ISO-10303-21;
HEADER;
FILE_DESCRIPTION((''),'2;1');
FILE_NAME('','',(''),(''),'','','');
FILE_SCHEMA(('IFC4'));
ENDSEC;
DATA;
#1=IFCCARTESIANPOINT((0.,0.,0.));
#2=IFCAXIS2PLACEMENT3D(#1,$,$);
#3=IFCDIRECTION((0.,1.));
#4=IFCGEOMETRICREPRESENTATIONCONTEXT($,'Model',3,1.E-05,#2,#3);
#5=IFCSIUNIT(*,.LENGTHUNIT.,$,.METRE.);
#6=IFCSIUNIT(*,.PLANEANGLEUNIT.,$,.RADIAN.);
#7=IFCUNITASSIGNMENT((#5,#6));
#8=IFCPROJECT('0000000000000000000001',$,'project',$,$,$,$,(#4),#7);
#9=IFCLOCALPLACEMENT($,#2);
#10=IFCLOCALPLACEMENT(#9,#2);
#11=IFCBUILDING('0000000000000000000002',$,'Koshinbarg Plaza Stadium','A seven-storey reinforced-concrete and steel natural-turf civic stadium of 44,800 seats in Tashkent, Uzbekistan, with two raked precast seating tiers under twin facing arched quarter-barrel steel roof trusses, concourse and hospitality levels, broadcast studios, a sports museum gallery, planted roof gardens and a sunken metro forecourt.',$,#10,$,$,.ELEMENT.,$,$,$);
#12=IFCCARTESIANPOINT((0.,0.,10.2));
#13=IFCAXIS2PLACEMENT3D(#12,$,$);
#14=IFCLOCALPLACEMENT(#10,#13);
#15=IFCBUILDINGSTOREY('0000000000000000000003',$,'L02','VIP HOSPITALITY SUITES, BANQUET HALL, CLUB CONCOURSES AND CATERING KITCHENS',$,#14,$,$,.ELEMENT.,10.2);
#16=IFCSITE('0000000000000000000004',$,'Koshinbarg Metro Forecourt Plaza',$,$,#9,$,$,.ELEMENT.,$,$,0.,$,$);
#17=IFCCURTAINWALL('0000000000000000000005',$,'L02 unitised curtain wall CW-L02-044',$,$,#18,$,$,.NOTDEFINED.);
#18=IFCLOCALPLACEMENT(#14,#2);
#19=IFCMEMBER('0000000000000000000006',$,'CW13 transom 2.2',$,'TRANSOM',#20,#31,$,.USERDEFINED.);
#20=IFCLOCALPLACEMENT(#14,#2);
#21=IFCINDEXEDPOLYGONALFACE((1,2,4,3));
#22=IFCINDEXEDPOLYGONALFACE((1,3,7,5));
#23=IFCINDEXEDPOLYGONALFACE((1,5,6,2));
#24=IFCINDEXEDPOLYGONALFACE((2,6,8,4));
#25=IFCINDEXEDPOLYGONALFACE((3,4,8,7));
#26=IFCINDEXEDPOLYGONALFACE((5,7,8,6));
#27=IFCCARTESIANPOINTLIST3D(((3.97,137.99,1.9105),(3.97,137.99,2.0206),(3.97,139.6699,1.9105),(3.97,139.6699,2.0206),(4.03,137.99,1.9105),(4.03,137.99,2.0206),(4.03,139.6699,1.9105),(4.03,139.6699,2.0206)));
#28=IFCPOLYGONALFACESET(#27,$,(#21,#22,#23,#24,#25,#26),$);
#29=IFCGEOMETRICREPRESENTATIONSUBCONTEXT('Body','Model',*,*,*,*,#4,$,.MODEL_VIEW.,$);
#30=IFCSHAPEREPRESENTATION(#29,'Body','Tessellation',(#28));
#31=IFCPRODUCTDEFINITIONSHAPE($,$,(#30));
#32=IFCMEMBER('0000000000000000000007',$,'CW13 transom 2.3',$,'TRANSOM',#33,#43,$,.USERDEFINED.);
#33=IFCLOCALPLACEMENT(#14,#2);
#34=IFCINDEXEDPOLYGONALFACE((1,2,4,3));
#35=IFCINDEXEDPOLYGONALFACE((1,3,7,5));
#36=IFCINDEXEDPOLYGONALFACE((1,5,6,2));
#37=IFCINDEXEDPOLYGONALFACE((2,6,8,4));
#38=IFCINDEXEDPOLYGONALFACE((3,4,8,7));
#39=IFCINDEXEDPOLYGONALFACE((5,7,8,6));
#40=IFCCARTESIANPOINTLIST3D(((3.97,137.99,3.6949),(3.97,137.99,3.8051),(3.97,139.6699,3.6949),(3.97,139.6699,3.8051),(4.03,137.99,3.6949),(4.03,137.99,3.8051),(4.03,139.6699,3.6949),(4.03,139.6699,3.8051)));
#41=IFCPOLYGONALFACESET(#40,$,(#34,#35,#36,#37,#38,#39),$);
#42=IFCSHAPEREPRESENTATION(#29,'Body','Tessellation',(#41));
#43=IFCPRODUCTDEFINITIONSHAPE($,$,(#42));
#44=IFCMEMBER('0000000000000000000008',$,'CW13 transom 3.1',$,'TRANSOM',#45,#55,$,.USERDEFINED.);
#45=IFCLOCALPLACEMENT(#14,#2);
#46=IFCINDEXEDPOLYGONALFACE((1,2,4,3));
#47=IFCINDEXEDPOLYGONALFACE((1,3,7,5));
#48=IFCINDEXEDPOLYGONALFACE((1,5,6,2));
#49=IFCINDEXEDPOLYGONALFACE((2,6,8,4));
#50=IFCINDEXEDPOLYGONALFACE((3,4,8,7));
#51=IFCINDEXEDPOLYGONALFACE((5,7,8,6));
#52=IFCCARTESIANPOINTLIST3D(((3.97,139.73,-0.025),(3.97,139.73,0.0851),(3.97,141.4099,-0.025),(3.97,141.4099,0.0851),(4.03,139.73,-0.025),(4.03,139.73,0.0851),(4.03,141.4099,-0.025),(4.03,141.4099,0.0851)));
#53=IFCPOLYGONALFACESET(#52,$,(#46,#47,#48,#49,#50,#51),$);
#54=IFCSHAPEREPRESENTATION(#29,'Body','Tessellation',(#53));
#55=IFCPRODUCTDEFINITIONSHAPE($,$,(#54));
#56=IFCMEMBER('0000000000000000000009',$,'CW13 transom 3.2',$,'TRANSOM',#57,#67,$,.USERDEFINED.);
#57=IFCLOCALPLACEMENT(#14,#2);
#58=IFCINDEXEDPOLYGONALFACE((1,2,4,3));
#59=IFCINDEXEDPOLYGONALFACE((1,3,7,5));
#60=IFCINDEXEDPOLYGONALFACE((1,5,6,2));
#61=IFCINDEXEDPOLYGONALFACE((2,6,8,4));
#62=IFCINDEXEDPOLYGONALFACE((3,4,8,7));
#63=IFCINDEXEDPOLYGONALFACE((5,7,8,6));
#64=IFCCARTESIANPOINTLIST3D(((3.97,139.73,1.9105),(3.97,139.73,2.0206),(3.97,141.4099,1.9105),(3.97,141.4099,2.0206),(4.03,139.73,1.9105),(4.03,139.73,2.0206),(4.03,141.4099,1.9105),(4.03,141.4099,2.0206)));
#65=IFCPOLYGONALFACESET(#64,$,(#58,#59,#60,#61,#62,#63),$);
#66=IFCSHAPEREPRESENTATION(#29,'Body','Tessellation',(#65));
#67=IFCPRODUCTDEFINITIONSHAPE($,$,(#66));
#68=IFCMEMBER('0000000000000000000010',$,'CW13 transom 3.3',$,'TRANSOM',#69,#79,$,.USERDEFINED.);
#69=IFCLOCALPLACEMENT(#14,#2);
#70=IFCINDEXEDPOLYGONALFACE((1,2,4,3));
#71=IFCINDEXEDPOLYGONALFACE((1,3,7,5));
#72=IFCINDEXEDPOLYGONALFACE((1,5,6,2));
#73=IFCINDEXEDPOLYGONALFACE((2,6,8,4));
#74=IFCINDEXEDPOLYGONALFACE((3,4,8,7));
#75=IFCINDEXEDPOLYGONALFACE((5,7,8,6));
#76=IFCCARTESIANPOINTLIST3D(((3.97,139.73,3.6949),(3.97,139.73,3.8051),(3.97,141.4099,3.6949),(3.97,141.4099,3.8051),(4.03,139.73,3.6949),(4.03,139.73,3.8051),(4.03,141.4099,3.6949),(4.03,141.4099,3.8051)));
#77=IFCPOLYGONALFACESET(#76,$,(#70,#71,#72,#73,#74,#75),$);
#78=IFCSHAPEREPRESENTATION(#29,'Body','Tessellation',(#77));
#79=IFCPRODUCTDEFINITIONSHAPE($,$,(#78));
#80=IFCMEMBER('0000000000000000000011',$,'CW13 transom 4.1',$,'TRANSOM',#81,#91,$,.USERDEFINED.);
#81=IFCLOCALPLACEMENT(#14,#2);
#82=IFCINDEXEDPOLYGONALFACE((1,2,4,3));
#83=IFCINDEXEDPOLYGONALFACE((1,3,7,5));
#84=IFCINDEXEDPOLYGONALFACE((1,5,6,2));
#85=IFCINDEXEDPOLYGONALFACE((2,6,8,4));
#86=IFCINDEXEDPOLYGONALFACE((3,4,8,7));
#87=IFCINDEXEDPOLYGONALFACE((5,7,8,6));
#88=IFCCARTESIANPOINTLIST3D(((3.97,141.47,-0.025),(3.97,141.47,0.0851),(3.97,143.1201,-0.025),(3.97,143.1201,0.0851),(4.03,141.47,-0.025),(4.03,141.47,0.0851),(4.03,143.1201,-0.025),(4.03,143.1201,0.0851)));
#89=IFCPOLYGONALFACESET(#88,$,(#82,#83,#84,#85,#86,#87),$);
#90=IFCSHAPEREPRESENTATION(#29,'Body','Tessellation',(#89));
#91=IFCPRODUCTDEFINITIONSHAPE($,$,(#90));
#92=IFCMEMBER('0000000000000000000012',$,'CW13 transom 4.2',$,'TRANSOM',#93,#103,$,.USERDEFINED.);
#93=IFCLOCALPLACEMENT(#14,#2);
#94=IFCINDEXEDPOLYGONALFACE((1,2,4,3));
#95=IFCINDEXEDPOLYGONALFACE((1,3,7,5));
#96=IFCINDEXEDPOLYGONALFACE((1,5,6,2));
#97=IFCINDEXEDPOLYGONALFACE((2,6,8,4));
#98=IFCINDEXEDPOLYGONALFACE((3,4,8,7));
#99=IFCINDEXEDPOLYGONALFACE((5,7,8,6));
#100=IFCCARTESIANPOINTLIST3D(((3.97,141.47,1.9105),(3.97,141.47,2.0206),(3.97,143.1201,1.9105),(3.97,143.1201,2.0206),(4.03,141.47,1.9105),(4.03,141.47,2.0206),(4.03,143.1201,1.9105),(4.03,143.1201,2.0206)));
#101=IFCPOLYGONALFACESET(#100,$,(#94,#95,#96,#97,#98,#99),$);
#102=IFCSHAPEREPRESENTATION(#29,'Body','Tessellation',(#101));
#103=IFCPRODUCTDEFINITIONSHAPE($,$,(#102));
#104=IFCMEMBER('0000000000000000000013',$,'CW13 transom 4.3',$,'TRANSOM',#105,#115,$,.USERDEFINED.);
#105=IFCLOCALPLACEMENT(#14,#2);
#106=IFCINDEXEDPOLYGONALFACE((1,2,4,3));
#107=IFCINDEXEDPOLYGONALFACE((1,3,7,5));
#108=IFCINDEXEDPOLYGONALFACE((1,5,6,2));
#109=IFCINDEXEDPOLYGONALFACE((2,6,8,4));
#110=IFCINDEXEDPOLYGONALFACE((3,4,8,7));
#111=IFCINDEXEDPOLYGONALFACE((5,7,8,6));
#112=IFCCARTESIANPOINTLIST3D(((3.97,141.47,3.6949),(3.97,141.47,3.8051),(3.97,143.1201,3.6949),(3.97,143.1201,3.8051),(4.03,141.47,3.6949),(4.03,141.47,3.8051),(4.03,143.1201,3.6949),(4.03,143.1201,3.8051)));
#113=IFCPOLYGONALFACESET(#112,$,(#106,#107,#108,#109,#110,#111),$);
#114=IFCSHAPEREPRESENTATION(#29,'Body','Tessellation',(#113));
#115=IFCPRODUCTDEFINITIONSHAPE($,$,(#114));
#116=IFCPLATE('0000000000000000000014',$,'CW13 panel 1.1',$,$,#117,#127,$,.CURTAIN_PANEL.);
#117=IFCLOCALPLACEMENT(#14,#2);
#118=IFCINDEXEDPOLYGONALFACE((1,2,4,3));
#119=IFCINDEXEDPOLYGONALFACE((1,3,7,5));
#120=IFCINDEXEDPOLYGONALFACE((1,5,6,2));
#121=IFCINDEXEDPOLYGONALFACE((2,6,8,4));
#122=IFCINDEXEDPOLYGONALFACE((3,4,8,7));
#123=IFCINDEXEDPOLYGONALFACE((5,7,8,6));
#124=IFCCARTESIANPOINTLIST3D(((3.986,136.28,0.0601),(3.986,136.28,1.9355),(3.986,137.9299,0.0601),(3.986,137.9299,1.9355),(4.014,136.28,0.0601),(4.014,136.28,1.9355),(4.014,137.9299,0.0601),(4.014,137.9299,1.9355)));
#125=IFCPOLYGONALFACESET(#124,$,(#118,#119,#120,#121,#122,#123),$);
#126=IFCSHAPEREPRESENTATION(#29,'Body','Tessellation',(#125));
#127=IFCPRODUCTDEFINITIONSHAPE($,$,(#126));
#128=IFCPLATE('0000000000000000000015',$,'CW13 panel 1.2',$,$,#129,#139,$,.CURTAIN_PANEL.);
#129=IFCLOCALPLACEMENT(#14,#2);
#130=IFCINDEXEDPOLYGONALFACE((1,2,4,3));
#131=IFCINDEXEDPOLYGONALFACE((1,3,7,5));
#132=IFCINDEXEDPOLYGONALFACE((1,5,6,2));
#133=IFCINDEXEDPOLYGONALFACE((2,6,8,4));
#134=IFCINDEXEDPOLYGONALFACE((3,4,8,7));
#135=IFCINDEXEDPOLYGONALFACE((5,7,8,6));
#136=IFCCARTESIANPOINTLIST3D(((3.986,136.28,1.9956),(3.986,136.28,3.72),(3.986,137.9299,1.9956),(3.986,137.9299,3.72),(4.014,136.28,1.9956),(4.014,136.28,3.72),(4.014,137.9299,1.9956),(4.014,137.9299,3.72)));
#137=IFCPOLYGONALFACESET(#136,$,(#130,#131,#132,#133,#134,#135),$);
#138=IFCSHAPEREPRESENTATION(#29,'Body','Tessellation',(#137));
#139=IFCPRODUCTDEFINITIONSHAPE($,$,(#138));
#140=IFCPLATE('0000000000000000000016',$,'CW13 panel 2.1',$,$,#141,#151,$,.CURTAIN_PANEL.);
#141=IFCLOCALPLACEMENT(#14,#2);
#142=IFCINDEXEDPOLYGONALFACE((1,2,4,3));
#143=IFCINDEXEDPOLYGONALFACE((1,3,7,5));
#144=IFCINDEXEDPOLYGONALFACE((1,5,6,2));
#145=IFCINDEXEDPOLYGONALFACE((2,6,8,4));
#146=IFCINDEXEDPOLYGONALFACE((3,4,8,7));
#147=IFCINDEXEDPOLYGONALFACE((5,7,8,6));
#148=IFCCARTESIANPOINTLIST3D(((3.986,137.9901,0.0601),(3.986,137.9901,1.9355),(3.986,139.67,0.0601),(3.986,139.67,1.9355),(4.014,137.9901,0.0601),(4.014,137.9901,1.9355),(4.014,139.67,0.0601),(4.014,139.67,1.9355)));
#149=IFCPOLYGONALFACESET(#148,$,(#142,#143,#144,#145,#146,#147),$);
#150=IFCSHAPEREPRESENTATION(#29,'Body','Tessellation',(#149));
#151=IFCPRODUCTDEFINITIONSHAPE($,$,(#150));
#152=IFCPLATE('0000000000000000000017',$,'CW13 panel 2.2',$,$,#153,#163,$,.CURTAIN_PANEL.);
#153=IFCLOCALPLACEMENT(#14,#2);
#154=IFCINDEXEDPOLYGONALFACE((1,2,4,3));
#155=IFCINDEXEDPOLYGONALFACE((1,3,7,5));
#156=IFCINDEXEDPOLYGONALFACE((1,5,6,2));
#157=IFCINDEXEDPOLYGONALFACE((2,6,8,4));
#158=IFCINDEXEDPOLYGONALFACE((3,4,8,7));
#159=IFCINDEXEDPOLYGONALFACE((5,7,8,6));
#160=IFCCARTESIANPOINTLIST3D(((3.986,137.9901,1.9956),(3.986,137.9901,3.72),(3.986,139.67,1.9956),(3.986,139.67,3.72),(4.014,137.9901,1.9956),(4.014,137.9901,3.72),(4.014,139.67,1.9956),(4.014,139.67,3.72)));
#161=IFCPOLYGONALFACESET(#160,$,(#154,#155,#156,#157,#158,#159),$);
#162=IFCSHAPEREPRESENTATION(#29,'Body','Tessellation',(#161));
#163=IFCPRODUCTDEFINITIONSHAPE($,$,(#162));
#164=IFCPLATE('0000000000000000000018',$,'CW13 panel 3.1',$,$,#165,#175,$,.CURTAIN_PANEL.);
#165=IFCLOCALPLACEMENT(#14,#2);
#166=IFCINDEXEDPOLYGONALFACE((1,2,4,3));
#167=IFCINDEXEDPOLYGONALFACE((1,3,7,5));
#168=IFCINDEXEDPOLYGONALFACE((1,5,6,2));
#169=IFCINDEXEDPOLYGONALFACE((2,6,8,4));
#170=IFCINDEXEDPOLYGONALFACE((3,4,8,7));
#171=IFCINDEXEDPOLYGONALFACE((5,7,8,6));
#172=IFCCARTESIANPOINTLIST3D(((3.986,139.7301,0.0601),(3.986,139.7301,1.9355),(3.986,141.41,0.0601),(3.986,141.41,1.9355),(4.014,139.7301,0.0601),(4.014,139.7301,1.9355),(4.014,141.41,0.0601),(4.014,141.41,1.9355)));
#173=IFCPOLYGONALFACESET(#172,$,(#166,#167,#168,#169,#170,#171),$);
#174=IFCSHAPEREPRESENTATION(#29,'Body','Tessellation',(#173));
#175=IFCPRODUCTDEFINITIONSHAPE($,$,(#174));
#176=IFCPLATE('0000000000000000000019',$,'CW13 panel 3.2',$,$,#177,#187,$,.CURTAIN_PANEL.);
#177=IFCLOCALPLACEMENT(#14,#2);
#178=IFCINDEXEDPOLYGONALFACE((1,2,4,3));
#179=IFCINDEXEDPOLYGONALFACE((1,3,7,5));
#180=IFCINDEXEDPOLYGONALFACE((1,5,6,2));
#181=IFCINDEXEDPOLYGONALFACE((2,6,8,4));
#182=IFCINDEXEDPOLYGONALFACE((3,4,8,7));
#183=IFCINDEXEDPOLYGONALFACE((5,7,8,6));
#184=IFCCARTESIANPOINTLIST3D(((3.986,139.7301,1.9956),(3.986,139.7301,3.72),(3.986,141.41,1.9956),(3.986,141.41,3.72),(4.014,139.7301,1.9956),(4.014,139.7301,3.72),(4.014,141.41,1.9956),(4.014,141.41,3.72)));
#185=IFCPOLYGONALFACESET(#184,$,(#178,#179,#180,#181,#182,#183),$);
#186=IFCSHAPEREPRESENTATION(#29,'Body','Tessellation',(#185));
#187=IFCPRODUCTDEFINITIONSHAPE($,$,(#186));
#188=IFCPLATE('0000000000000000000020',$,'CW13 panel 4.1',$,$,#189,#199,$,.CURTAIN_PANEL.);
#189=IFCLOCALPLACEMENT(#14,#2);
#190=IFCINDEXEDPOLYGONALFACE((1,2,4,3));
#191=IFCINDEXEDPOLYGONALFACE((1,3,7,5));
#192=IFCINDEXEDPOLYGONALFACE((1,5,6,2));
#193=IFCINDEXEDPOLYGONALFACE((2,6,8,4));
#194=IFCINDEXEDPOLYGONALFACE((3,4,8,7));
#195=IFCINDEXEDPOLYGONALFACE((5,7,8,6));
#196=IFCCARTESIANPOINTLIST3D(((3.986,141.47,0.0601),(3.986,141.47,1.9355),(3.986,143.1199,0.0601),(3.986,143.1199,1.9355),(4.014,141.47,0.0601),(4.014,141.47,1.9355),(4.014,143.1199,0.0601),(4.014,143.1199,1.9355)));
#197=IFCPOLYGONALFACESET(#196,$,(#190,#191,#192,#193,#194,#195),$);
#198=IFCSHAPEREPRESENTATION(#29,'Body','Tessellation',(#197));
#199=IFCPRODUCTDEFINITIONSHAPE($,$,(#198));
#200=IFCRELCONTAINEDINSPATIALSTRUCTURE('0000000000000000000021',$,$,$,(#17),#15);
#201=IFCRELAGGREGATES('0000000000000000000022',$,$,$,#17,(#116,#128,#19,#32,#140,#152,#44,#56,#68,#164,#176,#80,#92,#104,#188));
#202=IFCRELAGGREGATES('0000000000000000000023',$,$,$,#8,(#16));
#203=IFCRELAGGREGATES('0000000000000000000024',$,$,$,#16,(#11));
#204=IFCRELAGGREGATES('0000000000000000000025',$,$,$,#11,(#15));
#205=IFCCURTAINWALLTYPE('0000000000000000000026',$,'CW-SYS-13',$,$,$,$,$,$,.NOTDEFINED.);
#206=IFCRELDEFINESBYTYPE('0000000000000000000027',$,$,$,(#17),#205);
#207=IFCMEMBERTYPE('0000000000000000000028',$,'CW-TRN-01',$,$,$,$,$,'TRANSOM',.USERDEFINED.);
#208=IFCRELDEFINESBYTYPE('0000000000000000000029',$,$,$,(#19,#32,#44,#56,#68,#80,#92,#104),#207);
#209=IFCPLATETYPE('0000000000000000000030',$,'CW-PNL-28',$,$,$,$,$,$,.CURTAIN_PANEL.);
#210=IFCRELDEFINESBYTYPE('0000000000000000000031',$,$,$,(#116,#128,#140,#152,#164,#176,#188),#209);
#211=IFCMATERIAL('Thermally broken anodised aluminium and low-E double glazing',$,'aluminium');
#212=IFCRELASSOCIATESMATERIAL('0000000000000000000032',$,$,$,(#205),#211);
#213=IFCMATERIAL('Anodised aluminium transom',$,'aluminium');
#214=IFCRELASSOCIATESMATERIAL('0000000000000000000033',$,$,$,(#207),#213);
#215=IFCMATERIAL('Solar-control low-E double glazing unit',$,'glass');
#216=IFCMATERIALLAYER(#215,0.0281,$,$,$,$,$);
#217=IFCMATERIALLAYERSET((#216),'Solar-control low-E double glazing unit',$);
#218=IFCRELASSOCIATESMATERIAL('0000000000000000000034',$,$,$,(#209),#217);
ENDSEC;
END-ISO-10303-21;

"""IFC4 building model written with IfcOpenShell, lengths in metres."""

from ifc_helpers import new_model, si_unit, direction, frame, origin, origin_2d, place, context, subcontext, project, spatial, rectangle, extrude, material, layer, layer_set, material_profile, profile_set, type_object, element, aggregate, save


model = new_model("IFC4")

# Units and contexts
model_context = context("Model", 3, precision=1e-05, world=origin(), true_north=direction((0.0, 1.0)))
body_context = subcontext(model_context, "Body", "Model", "MODEL_VIEW")
ifc_project = project(units=[si_unit("LENGTHUNIT", "METRE"), si_unit("PLANEANGLEUNIT", "RADIAN")], contexts=[model_context])

# Site, building, storey
site_placement = place(None, origin())
site = spatial("IfcSite", under=ifc_project, at=site_placement, Name="Koshinbarg Metro Forecourt Plaza", CompositionType="ELEMENT", RefElevation=0.0)
building_placement = place(site_placement, origin())
building = spatial("IfcBuilding", under=site, at=building_placement, Name="Koshinbarg Plaza Stadium", Description="A seven-storey reinforced-concrete and steel natural-turf civic stadium of 44,800 seats in Tashkent, Uzbekistan, with two raked precast seating tiers under twin facing arched quarter-barrel steel roof trusses, concourse and hospitality levels, broadcast studios, a sports museum gallery, planted roof gardens and a sunken metro forecourt.", CompositionType="ELEMENT")
storey_placement = place(building_placement, frame((0.0, 0.0, 10.2)))
storey = spatial("IfcBuildingStorey", under=building, at=storey_placement, Name="L02", Description="VIP HOSPITALITY SUITES, BANQUET HALL, CLUB CONCOURSES AND CATERING KITCHENS", CompositionType="ELEMENT", Elevation=10.2)

# Curtain wall, members, plates
ifc_material_1 = material(Name="Thermally broken anodised aluminium and low-E double glazing", Category="aluminium")
curtain_wall_type = type_object("IfcCurtainWallType", Name="CW-SYS-13", PredefinedType="NOTDEFINED", material=ifc_material_1)
curtain_wall_placement = place(storey_placement, origin())
curtain_wall = element("IfcCurtainWall", 1, at=curtain_wall_placement, inside=storey, type_object=curtain_wall_type, Name="L02 unitised curtain wall CW-L02-044", PredefinedType="NOTDEFINED")
ifc_material_2 = material(Name="Anodised aluminium transom", Category="aluminium")
ifc_material_profile_1 = material_profile(ifc_material_2, rectangle(XDim=0.0601, YDim=0.1101, at=origin_2d()), Name="ALU 60x110")
ifc_profile_set_1 = profile_set([ifc_material_profile_1], Name="Anodised aluminium transom")
member_type_1 = type_object("IfcMemberType", Name="CW-TRN-01", ElementType="TRANSOM", PredefinedType="USERDEFINED", material=ifc_profile_set_1)
member_1_placement = place(storey_placement, frame((4.0, 137.99, 1.9656), z_axis=(0.0, 1.0, 0.0), x_axis=(-1.0, 0.0, 0.0)))
member_1 = element("IfcMember", 2, at=member_1_placement, type_object=member_type_1, Name="CW13 transom 2.2", ObjectType="TRANSOM", PredefinedType="USERDEFINED", context=body_context, shape_type="SweptSolid", body=[
    extrude(rectangle(XDim=0.0601, YDim=0.1101, at=origin_2d()), origin(), (0.0, 0.0, 1.0), 1.6799),
])
member_2_placement = place(storey_placement, frame((4.0, 137.99, 3.75), z_axis=(0.0, 1.0, 0.0), x_axis=(-1.0, 0.0, 0.0)))
member_2 = element("IfcMember", 3, at=member_2_placement, type_object=member_type_1, Name="CW13 transom 2.3", ObjectType="TRANSOM", PredefinedType="USERDEFINED", context=body_context, shape_type="SweptSolid", body=[
    extrude(rectangle(XDim=0.0601, YDim=0.1101, at=origin_2d()), origin(), (0.0, 0.0, 1.0), 1.6799),
])
member_3_placement = place(storey_placement, frame((4.0, 139.73, 0.03), z_axis=(0.0, 1.0, 0.0), x_axis=(-1.0, 0.0, 0.0)))
member_3 = element("IfcMember", 4, at=member_3_placement, type_object=member_type_1, Name="CW13 transom 3.1", ObjectType="TRANSOM", PredefinedType="USERDEFINED", context=body_context, shape_type="SweptSolid", body=[
    extrude(rectangle(XDim=0.0601, YDim=0.1101, at=origin_2d()), origin(), (0.0, 0.0, 1.0), 1.6799),
])
member_4_placement = place(storey_placement, frame((4.0, 139.73, 1.9656), z_axis=(0.0, 1.0, 0.0), x_axis=(-1.0, 0.0, 0.0)))
member_4 = element("IfcMember", 5, at=member_4_placement, type_object=member_type_1, Name="CW13 transom 3.2", ObjectType="TRANSOM", PredefinedType="USERDEFINED", context=body_context, shape_type="SweptSolid", body=[
    extrude(rectangle(XDim=0.0601, YDim=0.1101, at=origin_2d()), origin(), (0.0, 0.0, 1.0), 1.6799),
])
member_5_placement = place(storey_placement, frame((4.0, 139.73, 3.75), z_axis=(0.0, 1.0, 0.0), x_axis=(-1.0, 0.0, 0.0)))
member_5 = element("IfcMember", 6, at=member_5_placement, type_object=member_type_1, Name="CW13 transom 3.3", ObjectType="TRANSOM", PredefinedType="USERDEFINED", context=body_context, shape_type="SweptSolid", body=[
    extrude(rectangle(XDim=0.0601, YDim=0.1101, at=origin_2d()), origin(), (0.0, 0.0, 1.0), 1.6799),
])
member_6_placement = place(storey_placement, frame((4.0, 141.47, 0.03), z_axis=(0.0, 1.0, 0.0), x_axis=(-1.0, 0.0, 0.0)))
member_6 = element("IfcMember", 7, at=member_6_placement, type_object=member_type_1, Name="CW13 transom 4.1", ObjectType="TRANSOM", PredefinedType="USERDEFINED", context=body_context, shape_type="SweptSolid", body=[
    extrude(rectangle(XDim=0.0601, YDim=0.1101, at=origin_2d()), origin(), (0.0, 0.0, 1.0), 1.6501),
])
member_7_placement = place(storey_placement, frame((4.0, 141.47, 1.9656), z_axis=(0.0, 1.0, 0.0), x_axis=(-1.0, 0.0, 0.0)))
member_7 = element("IfcMember", 8, at=member_7_placement, type_object=member_type_1, Name="CW13 transom 4.2", ObjectType="TRANSOM", PredefinedType="USERDEFINED", context=body_context, shape_type="SweptSolid", body=[
    extrude(rectangle(XDim=0.0601, YDim=0.1101, at=origin_2d()), origin(), (0.0, 0.0, 1.0), 1.6501),
])
member_8_placement = place(storey_placement, frame((4.0, 141.47, 3.75), z_axis=(0.0, 1.0, 0.0), x_axis=(-1.0, 0.0, 0.0)))
member_8 = element("IfcMember", 9, at=member_8_placement, type_object=member_type_1, Name="CW13 transom 4.3", ObjectType="TRANSOM", PredefinedType="USERDEFINED", context=body_context, shape_type="SweptSolid", body=[
    extrude(rectangle(XDim=0.0601, YDim=0.1101, at=origin_2d()), origin(), (0.0, 0.0, 1.0), 1.6501),
])
ifc_material_3 = material(Name="Solar-control low-E double glazing unit", Category="glass")
ifc_layer_1 = layer(ifc_material_3, 0.0281)
ifc_layer_set_1 = layer_set([ifc_layer_1], Name="Solar-control low-E double glazing unit")
plate_type = type_object("IfcPlateType", Name="CW-PNL-28", PredefinedType="CURTAIN_PANEL", material=ifc_layer_set_1)
plate_1_placement = place(storey_placement, frame((4.0, 137.105, 0.0601), z_axis=(0.0, 0.0, 1.0), x_axis=(0.0, 1.0, 0.0)))
plate_1 = element("IfcPlate", 10, at=plate_1_placement, type_object=plate_type, Name="CW13 panel 1.1", PredefinedType="CURTAIN_PANEL", context=body_context, shape_type="SweptSolid", body=[
    extrude(rectangle(XDim=1.6499, YDim=0.0281, at=origin_2d()), origin(), (0.0, 0.0, 1.0), 1.8755),
])
plate_2_placement = place(storey_placement, frame((4.0, 137.105, 1.9956), z_axis=(0.0, 0.0, 1.0), x_axis=(0.0, 1.0, 0.0)))
plate_2 = element("IfcPlate", 11, at=plate_2_placement, type_object=plate_type, Name="CW13 panel 1.2", PredefinedType="CURTAIN_PANEL", context=body_context, shape_type="SweptSolid", body=[
    extrude(rectangle(XDim=1.6499, YDim=0.0281, at=origin_2d()), origin(), (0.0, 0.0, 1.0), 1.7244),
])
plate_3_placement = place(storey_placement, frame((4.0, 138.8301, 0.0601), z_axis=(0.0, 0.0, 1.0), x_axis=(0.0, 1.0, 0.0)))
plate_3 = element("IfcPlate", 12, at=plate_3_placement, type_object=plate_type, Name="CW13 panel 2.1", PredefinedType="CURTAIN_PANEL", context=body_context, shape_type="SweptSolid", body=[
    extrude(rectangle(XDim=1.6799, YDim=0.0281, at=origin_2d()), origin(), (0.0, 0.0, 1.0), 1.8755),
])
plate_4_placement = place(storey_placement, frame((4.0, 138.8301, 1.9956), z_axis=(0.0, 0.0, 1.0), x_axis=(0.0, 1.0, 0.0)))
plate_4 = element("IfcPlate", 13, at=plate_4_placement, type_object=plate_type, Name="CW13 panel 2.2", PredefinedType="CURTAIN_PANEL", context=body_context, shape_type="SweptSolid", body=[
    extrude(rectangle(XDim=1.6799, YDim=0.0281, at=origin_2d()), origin(), (0.0, 0.0, 1.0), 1.7244),
])
plate_5_placement = place(storey_placement, frame((4.0, 140.5701, 0.0601), z_axis=(0.0, 0.0, 1.0), x_axis=(0.0, 1.0, 0.0)))
plate_5 = element("IfcPlate", 14, at=plate_5_placement, type_object=plate_type, Name="CW13 panel 3.1", PredefinedType="CURTAIN_PANEL", context=body_context, shape_type="SweptSolid", body=[
    extrude(rectangle(XDim=1.6799, YDim=0.0281, at=origin_2d()), origin(), (0.0, 0.0, 1.0), 1.8755),
])
plate_6_placement = place(storey_placement, frame((4.0, 140.5701, 1.9956), z_axis=(0.0, 0.0, 1.0), x_axis=(0.0, 1.0, 0.0)))
plate_6 = element("IfcPlate", 15, at=plate_6_placement, type_object=plate_type, Name="CW13 panel 3.2", PredefinedType="CURTAIN_PANEL", context=body_context, shape_type="SweptSolid", body=[
    extrude(rectangle(XDim=1.6799, YDim=0.0281, at=origin_2d()), origin(), (0.0, 0.0, 1.0), 1.7244),
])
plate_7_placement = place(storey_placement, frame((4.0, 142.2949, 0.0601), z_axis=(0.0, 0.0, 1.0), x_axis=(0.0, 1.0, 0.0)))
plate_7 = element("IfcPlate", 16, at=plate_7_placement, type_object=plate_type, Name="CW13 panel 4.1", PredefinedType="CURTAIN_PANEL", context=body_context, shape_type="SweptSolid", body=[
    extrude(rectangle(XDim=1.6499, YDim=0.0281, at=origin_2d()), origin(), (0.0, 0.0, 1.0), 1.8755),
])
aggregate(curtain_wall, [plate_1, plate_2, member_1, member_2, plate_3, plate_4, member_3, member_4, member_5, plate_5, plate_6, member_6, member_7, member_8, plate_7])

save(model, "model.ifc")
